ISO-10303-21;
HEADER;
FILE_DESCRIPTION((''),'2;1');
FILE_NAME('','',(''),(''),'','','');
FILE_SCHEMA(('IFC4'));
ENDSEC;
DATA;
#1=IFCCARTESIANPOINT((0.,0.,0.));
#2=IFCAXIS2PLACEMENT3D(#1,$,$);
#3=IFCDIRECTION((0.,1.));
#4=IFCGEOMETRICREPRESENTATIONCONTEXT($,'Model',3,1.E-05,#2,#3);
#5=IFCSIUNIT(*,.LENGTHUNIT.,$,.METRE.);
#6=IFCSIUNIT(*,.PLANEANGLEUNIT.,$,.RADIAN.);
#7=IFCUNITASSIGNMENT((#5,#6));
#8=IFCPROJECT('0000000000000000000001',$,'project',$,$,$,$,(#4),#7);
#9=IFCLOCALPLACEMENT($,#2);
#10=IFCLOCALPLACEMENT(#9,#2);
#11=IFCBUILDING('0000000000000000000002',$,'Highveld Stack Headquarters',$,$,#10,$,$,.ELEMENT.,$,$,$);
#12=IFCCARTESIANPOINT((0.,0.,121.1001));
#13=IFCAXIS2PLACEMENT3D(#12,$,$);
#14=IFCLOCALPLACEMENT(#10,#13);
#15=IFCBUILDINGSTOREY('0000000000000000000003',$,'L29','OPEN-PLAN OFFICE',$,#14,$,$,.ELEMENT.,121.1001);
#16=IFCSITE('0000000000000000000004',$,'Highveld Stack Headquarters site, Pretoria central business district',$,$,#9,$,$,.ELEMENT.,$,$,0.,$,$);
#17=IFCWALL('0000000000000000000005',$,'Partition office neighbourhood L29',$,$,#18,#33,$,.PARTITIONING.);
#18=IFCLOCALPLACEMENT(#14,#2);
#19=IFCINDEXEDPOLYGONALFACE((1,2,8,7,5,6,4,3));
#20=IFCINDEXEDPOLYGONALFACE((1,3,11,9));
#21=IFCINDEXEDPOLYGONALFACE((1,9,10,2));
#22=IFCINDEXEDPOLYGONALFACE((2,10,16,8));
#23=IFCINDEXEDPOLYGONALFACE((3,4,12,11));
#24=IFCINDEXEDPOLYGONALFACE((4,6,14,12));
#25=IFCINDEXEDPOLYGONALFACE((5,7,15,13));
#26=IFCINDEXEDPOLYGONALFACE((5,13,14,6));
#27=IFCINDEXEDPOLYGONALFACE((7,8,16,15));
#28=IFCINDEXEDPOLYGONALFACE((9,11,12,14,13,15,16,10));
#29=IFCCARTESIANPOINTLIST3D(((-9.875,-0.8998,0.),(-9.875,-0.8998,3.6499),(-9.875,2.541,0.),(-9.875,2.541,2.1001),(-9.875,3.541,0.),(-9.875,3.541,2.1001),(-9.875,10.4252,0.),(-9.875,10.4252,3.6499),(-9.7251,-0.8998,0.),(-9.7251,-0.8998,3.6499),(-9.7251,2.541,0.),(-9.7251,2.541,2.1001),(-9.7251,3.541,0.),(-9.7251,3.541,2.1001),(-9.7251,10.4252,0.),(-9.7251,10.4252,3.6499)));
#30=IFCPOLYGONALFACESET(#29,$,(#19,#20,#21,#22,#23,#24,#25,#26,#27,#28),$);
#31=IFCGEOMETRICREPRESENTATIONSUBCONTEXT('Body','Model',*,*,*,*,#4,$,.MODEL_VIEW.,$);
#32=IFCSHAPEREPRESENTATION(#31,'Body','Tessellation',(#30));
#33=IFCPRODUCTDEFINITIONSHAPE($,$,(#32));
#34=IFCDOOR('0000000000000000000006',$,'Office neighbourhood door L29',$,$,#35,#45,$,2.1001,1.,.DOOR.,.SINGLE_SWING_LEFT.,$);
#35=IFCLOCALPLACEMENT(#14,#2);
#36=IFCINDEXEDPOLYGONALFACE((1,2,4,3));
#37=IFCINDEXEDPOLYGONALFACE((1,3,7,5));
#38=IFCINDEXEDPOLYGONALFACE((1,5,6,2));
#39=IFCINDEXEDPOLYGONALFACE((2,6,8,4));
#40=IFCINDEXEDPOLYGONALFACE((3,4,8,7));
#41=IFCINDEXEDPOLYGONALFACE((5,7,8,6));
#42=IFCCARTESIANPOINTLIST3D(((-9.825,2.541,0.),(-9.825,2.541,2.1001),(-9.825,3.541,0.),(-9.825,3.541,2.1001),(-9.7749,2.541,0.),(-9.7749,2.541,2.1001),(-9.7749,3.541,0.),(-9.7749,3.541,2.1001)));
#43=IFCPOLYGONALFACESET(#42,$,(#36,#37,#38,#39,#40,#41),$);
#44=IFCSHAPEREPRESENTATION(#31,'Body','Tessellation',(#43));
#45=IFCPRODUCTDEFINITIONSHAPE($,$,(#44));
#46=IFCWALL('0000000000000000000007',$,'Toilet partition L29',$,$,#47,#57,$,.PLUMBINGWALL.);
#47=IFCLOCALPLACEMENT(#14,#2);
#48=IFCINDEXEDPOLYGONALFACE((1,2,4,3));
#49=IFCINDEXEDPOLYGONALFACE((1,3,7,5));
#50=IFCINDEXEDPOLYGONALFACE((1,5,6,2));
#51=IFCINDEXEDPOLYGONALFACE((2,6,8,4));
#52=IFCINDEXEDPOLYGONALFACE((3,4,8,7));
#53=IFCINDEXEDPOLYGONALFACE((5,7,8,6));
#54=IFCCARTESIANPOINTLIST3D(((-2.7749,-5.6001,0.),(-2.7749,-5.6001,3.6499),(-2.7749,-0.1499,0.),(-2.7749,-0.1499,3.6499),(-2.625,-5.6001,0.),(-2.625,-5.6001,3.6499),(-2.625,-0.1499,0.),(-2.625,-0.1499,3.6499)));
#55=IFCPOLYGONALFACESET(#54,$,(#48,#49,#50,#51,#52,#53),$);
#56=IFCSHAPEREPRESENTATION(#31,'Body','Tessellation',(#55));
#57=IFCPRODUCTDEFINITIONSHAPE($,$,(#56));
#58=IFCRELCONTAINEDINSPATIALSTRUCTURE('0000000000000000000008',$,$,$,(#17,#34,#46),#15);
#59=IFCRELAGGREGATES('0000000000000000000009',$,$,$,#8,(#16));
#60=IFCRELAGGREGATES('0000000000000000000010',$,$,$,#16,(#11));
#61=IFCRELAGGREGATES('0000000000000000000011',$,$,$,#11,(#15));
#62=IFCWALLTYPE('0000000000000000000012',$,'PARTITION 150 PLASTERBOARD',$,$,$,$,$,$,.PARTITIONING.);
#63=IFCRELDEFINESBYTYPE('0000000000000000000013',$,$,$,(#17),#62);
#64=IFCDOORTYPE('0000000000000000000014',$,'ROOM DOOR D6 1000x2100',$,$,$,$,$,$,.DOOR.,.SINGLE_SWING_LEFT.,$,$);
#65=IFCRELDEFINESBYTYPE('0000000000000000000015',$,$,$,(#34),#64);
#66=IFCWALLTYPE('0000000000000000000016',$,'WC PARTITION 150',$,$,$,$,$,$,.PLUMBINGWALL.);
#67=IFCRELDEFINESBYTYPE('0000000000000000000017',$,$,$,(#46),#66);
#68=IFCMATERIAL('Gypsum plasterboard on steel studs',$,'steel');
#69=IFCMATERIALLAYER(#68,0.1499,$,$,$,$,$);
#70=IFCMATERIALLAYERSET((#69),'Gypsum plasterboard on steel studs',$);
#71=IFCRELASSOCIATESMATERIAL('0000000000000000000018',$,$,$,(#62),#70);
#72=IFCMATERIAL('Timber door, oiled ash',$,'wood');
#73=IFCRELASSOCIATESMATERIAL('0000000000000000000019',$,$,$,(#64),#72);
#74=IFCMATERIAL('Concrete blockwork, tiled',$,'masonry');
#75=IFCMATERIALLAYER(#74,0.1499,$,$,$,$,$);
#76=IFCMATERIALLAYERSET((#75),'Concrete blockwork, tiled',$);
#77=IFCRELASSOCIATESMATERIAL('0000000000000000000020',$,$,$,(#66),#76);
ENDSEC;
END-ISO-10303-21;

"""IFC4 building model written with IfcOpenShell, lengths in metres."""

from ifc_helpers import new_model, si_unit, direction, frame, frame_2d, origin, place, context, subcontext, project, spatial, rectangle, extrude, material, layer, layer_set, type_object, element, fill, save


model = new_model("IFC4")

# Units and contexts
model_context = context("Model", 3, precision=1e-05, world=origin(), true_north=direction((0.0, 1.0)))
body_context = subcontext(model_context, "Body", "Model", "MODEL_VIEW")
ifc_project = project(units=[si_unit("LENGTHUNIT", "METRE"), si_unit("PLANEANGLEUNIT", "RADIAN")], contexts=[model_context])

# Site, building, storey
site_placement = place(None, origin())
site = spatial("IfcSite", under=ifc_project, at=site_placement, Name="Highveld Stack Headquarters site, Pretoria central business district", CompositionType="ELEMENT", RefElevation=0.0)
building_placement = place(site_placement, origin())
building = spatial("IfcBuilding", under=site, at=building_placement, Name="Highveld Stack Headquarters", CompositionType="ELEMENT")
storey_placement = place(building_placement, frame((0.0, 0.0, 121.1001)))
storey = spatial("IfcBuildingStorey", under=building, at=storey_placement, Name="L29", Description="OPEN-PLAN OFFICE", CompositionType="ELEMENT", Elevation=121.1001)

# Shared definitions
ifc_material_1 = material(Name="Gypsum plasterboard on steel studs", Category="steel")
ifc_layer_1 = layer(ifc_material_1, 0.1499)
ifc_layer_set_1 = layer_set([ifc_layer_1], Name="Gypsum plasterboard on steel studs")
wall_type_1 = type_object("IfcWallType", Name="PARTITION 150 PLASTERBOARD", PredefinedType="PARTITIONING", material=ifc_layer_set_1)
ifc_material_2 = material(Name="Timber door, oiled ash", Category="wood")
door_type_1 = type_object("IfcDoorType", Name="ROOM DOOR D6 1000x2100", OperationType="SINGLE_SWING_LEFT", PredefinedType="DOOR", material=ifc_material_2)

# Wall, opening, door
wall_1_placement = place(storey_placement, frame((-9.8, -0.8999, 0.0), z_axis=(0.0, 0.0, 1.0), x_axis=(0.0, 1.0, 0.0)))
wall_1 = element("IfcWall", 1, at=wall_1_placement, inside=storey, type_object=wall_type_1, Name="Partition office neighbourhood L29", PredefinedType="PARTITIONING", context=body_context, shape_type="SweptSolid", body=[
    extrude(rectangle(XDim=11.325, YDim=0.1499, at=frame_2d((5.6626, 0.0))), origin(), (0.0, 0.0, 1.0), 3.6499),
])
opening_1_placement = place(wall_1_placement, frame((3.4409, 0.0, 0.0)))
opening_1 = element("IfcOpeningElement", 2, at=opening_1_placement, cuts=wall_1, PredefinedType="OPENING", context=body_context, shape_type="SweptSolid", body=[
    extrude(rectangle(XDim=1.0, YDim=2.1001, at=frame_2d((0.5, 1.05))), frame((0.0, 0.085, 0.0), z_axis=(0.0, -1.0, 0.0), x_axis=(1.0, 0.0, 0.0)), (0.0, 0.0, 1.0), 0.1699),
])
door_1_placement = place(opening_1_placement, origin())
door_1 = element("IfcDoor", 3, at=door_1_placement, inside=storey, type_object=door_type_1, Name="Office neighbourhood door L29", OperationType="SINGLE_SWING_LEFT", OverallHeight=2.1001, OverallWidth=1.0, PredefinedType="DOOR", context=body_context, shape_type="SweptSolid", body=[
    extrude(rectangle(XDim=1.0, YDim=2.1001, at=frame_2d((0.5, 1.05))), frame((0.0, 0.0249, 0.0), z_axis=(0.0, -1.0, 0.0), x_axis=(1.0, 0.0, 0.0)), (0.0, 0.0, 1.0), 0.05),
])
fill(opening_1, door_1)

# Wall
ifc_material_3 = material(Name="Concrete blockwork, tiled", Category="masonry")
ifc_layer_2 = layer(ifc_material_3, 0.1499)
ifc_layer_set_2 = layer_set([ifc_layer_2], Name="Concrete blockwork, tiled")
wall_type_2 = type_object("IfcWallType", Name="WC PARTITION 150", PredefinedType="PLUMBINGWALL", material=ifc_layer_set_2)
wall_2_placement = place(storey_placement, frame((-2.7, -5.6001, 0.0), z_axis=(0.0, 0.0, 1.0), x_axis=(0.0, 1.0, 0.0)))
element("IfcWall", 4, at=wall_2_placement, inside=storey, type_object=wall_type_2, Name="Toilet partition L29", PredefinedType="PLUMBINGWALL", context=body_context, shape_type="SweptSolid", body=[
    extrude(rectangle(XDim=5.4502, YDim=0.1499, at=frame_2d((2.7251, 0.0))), origin(), (0.0, 0.0, 1.0), 3.6499),
])

save(model, "model.ifc")
